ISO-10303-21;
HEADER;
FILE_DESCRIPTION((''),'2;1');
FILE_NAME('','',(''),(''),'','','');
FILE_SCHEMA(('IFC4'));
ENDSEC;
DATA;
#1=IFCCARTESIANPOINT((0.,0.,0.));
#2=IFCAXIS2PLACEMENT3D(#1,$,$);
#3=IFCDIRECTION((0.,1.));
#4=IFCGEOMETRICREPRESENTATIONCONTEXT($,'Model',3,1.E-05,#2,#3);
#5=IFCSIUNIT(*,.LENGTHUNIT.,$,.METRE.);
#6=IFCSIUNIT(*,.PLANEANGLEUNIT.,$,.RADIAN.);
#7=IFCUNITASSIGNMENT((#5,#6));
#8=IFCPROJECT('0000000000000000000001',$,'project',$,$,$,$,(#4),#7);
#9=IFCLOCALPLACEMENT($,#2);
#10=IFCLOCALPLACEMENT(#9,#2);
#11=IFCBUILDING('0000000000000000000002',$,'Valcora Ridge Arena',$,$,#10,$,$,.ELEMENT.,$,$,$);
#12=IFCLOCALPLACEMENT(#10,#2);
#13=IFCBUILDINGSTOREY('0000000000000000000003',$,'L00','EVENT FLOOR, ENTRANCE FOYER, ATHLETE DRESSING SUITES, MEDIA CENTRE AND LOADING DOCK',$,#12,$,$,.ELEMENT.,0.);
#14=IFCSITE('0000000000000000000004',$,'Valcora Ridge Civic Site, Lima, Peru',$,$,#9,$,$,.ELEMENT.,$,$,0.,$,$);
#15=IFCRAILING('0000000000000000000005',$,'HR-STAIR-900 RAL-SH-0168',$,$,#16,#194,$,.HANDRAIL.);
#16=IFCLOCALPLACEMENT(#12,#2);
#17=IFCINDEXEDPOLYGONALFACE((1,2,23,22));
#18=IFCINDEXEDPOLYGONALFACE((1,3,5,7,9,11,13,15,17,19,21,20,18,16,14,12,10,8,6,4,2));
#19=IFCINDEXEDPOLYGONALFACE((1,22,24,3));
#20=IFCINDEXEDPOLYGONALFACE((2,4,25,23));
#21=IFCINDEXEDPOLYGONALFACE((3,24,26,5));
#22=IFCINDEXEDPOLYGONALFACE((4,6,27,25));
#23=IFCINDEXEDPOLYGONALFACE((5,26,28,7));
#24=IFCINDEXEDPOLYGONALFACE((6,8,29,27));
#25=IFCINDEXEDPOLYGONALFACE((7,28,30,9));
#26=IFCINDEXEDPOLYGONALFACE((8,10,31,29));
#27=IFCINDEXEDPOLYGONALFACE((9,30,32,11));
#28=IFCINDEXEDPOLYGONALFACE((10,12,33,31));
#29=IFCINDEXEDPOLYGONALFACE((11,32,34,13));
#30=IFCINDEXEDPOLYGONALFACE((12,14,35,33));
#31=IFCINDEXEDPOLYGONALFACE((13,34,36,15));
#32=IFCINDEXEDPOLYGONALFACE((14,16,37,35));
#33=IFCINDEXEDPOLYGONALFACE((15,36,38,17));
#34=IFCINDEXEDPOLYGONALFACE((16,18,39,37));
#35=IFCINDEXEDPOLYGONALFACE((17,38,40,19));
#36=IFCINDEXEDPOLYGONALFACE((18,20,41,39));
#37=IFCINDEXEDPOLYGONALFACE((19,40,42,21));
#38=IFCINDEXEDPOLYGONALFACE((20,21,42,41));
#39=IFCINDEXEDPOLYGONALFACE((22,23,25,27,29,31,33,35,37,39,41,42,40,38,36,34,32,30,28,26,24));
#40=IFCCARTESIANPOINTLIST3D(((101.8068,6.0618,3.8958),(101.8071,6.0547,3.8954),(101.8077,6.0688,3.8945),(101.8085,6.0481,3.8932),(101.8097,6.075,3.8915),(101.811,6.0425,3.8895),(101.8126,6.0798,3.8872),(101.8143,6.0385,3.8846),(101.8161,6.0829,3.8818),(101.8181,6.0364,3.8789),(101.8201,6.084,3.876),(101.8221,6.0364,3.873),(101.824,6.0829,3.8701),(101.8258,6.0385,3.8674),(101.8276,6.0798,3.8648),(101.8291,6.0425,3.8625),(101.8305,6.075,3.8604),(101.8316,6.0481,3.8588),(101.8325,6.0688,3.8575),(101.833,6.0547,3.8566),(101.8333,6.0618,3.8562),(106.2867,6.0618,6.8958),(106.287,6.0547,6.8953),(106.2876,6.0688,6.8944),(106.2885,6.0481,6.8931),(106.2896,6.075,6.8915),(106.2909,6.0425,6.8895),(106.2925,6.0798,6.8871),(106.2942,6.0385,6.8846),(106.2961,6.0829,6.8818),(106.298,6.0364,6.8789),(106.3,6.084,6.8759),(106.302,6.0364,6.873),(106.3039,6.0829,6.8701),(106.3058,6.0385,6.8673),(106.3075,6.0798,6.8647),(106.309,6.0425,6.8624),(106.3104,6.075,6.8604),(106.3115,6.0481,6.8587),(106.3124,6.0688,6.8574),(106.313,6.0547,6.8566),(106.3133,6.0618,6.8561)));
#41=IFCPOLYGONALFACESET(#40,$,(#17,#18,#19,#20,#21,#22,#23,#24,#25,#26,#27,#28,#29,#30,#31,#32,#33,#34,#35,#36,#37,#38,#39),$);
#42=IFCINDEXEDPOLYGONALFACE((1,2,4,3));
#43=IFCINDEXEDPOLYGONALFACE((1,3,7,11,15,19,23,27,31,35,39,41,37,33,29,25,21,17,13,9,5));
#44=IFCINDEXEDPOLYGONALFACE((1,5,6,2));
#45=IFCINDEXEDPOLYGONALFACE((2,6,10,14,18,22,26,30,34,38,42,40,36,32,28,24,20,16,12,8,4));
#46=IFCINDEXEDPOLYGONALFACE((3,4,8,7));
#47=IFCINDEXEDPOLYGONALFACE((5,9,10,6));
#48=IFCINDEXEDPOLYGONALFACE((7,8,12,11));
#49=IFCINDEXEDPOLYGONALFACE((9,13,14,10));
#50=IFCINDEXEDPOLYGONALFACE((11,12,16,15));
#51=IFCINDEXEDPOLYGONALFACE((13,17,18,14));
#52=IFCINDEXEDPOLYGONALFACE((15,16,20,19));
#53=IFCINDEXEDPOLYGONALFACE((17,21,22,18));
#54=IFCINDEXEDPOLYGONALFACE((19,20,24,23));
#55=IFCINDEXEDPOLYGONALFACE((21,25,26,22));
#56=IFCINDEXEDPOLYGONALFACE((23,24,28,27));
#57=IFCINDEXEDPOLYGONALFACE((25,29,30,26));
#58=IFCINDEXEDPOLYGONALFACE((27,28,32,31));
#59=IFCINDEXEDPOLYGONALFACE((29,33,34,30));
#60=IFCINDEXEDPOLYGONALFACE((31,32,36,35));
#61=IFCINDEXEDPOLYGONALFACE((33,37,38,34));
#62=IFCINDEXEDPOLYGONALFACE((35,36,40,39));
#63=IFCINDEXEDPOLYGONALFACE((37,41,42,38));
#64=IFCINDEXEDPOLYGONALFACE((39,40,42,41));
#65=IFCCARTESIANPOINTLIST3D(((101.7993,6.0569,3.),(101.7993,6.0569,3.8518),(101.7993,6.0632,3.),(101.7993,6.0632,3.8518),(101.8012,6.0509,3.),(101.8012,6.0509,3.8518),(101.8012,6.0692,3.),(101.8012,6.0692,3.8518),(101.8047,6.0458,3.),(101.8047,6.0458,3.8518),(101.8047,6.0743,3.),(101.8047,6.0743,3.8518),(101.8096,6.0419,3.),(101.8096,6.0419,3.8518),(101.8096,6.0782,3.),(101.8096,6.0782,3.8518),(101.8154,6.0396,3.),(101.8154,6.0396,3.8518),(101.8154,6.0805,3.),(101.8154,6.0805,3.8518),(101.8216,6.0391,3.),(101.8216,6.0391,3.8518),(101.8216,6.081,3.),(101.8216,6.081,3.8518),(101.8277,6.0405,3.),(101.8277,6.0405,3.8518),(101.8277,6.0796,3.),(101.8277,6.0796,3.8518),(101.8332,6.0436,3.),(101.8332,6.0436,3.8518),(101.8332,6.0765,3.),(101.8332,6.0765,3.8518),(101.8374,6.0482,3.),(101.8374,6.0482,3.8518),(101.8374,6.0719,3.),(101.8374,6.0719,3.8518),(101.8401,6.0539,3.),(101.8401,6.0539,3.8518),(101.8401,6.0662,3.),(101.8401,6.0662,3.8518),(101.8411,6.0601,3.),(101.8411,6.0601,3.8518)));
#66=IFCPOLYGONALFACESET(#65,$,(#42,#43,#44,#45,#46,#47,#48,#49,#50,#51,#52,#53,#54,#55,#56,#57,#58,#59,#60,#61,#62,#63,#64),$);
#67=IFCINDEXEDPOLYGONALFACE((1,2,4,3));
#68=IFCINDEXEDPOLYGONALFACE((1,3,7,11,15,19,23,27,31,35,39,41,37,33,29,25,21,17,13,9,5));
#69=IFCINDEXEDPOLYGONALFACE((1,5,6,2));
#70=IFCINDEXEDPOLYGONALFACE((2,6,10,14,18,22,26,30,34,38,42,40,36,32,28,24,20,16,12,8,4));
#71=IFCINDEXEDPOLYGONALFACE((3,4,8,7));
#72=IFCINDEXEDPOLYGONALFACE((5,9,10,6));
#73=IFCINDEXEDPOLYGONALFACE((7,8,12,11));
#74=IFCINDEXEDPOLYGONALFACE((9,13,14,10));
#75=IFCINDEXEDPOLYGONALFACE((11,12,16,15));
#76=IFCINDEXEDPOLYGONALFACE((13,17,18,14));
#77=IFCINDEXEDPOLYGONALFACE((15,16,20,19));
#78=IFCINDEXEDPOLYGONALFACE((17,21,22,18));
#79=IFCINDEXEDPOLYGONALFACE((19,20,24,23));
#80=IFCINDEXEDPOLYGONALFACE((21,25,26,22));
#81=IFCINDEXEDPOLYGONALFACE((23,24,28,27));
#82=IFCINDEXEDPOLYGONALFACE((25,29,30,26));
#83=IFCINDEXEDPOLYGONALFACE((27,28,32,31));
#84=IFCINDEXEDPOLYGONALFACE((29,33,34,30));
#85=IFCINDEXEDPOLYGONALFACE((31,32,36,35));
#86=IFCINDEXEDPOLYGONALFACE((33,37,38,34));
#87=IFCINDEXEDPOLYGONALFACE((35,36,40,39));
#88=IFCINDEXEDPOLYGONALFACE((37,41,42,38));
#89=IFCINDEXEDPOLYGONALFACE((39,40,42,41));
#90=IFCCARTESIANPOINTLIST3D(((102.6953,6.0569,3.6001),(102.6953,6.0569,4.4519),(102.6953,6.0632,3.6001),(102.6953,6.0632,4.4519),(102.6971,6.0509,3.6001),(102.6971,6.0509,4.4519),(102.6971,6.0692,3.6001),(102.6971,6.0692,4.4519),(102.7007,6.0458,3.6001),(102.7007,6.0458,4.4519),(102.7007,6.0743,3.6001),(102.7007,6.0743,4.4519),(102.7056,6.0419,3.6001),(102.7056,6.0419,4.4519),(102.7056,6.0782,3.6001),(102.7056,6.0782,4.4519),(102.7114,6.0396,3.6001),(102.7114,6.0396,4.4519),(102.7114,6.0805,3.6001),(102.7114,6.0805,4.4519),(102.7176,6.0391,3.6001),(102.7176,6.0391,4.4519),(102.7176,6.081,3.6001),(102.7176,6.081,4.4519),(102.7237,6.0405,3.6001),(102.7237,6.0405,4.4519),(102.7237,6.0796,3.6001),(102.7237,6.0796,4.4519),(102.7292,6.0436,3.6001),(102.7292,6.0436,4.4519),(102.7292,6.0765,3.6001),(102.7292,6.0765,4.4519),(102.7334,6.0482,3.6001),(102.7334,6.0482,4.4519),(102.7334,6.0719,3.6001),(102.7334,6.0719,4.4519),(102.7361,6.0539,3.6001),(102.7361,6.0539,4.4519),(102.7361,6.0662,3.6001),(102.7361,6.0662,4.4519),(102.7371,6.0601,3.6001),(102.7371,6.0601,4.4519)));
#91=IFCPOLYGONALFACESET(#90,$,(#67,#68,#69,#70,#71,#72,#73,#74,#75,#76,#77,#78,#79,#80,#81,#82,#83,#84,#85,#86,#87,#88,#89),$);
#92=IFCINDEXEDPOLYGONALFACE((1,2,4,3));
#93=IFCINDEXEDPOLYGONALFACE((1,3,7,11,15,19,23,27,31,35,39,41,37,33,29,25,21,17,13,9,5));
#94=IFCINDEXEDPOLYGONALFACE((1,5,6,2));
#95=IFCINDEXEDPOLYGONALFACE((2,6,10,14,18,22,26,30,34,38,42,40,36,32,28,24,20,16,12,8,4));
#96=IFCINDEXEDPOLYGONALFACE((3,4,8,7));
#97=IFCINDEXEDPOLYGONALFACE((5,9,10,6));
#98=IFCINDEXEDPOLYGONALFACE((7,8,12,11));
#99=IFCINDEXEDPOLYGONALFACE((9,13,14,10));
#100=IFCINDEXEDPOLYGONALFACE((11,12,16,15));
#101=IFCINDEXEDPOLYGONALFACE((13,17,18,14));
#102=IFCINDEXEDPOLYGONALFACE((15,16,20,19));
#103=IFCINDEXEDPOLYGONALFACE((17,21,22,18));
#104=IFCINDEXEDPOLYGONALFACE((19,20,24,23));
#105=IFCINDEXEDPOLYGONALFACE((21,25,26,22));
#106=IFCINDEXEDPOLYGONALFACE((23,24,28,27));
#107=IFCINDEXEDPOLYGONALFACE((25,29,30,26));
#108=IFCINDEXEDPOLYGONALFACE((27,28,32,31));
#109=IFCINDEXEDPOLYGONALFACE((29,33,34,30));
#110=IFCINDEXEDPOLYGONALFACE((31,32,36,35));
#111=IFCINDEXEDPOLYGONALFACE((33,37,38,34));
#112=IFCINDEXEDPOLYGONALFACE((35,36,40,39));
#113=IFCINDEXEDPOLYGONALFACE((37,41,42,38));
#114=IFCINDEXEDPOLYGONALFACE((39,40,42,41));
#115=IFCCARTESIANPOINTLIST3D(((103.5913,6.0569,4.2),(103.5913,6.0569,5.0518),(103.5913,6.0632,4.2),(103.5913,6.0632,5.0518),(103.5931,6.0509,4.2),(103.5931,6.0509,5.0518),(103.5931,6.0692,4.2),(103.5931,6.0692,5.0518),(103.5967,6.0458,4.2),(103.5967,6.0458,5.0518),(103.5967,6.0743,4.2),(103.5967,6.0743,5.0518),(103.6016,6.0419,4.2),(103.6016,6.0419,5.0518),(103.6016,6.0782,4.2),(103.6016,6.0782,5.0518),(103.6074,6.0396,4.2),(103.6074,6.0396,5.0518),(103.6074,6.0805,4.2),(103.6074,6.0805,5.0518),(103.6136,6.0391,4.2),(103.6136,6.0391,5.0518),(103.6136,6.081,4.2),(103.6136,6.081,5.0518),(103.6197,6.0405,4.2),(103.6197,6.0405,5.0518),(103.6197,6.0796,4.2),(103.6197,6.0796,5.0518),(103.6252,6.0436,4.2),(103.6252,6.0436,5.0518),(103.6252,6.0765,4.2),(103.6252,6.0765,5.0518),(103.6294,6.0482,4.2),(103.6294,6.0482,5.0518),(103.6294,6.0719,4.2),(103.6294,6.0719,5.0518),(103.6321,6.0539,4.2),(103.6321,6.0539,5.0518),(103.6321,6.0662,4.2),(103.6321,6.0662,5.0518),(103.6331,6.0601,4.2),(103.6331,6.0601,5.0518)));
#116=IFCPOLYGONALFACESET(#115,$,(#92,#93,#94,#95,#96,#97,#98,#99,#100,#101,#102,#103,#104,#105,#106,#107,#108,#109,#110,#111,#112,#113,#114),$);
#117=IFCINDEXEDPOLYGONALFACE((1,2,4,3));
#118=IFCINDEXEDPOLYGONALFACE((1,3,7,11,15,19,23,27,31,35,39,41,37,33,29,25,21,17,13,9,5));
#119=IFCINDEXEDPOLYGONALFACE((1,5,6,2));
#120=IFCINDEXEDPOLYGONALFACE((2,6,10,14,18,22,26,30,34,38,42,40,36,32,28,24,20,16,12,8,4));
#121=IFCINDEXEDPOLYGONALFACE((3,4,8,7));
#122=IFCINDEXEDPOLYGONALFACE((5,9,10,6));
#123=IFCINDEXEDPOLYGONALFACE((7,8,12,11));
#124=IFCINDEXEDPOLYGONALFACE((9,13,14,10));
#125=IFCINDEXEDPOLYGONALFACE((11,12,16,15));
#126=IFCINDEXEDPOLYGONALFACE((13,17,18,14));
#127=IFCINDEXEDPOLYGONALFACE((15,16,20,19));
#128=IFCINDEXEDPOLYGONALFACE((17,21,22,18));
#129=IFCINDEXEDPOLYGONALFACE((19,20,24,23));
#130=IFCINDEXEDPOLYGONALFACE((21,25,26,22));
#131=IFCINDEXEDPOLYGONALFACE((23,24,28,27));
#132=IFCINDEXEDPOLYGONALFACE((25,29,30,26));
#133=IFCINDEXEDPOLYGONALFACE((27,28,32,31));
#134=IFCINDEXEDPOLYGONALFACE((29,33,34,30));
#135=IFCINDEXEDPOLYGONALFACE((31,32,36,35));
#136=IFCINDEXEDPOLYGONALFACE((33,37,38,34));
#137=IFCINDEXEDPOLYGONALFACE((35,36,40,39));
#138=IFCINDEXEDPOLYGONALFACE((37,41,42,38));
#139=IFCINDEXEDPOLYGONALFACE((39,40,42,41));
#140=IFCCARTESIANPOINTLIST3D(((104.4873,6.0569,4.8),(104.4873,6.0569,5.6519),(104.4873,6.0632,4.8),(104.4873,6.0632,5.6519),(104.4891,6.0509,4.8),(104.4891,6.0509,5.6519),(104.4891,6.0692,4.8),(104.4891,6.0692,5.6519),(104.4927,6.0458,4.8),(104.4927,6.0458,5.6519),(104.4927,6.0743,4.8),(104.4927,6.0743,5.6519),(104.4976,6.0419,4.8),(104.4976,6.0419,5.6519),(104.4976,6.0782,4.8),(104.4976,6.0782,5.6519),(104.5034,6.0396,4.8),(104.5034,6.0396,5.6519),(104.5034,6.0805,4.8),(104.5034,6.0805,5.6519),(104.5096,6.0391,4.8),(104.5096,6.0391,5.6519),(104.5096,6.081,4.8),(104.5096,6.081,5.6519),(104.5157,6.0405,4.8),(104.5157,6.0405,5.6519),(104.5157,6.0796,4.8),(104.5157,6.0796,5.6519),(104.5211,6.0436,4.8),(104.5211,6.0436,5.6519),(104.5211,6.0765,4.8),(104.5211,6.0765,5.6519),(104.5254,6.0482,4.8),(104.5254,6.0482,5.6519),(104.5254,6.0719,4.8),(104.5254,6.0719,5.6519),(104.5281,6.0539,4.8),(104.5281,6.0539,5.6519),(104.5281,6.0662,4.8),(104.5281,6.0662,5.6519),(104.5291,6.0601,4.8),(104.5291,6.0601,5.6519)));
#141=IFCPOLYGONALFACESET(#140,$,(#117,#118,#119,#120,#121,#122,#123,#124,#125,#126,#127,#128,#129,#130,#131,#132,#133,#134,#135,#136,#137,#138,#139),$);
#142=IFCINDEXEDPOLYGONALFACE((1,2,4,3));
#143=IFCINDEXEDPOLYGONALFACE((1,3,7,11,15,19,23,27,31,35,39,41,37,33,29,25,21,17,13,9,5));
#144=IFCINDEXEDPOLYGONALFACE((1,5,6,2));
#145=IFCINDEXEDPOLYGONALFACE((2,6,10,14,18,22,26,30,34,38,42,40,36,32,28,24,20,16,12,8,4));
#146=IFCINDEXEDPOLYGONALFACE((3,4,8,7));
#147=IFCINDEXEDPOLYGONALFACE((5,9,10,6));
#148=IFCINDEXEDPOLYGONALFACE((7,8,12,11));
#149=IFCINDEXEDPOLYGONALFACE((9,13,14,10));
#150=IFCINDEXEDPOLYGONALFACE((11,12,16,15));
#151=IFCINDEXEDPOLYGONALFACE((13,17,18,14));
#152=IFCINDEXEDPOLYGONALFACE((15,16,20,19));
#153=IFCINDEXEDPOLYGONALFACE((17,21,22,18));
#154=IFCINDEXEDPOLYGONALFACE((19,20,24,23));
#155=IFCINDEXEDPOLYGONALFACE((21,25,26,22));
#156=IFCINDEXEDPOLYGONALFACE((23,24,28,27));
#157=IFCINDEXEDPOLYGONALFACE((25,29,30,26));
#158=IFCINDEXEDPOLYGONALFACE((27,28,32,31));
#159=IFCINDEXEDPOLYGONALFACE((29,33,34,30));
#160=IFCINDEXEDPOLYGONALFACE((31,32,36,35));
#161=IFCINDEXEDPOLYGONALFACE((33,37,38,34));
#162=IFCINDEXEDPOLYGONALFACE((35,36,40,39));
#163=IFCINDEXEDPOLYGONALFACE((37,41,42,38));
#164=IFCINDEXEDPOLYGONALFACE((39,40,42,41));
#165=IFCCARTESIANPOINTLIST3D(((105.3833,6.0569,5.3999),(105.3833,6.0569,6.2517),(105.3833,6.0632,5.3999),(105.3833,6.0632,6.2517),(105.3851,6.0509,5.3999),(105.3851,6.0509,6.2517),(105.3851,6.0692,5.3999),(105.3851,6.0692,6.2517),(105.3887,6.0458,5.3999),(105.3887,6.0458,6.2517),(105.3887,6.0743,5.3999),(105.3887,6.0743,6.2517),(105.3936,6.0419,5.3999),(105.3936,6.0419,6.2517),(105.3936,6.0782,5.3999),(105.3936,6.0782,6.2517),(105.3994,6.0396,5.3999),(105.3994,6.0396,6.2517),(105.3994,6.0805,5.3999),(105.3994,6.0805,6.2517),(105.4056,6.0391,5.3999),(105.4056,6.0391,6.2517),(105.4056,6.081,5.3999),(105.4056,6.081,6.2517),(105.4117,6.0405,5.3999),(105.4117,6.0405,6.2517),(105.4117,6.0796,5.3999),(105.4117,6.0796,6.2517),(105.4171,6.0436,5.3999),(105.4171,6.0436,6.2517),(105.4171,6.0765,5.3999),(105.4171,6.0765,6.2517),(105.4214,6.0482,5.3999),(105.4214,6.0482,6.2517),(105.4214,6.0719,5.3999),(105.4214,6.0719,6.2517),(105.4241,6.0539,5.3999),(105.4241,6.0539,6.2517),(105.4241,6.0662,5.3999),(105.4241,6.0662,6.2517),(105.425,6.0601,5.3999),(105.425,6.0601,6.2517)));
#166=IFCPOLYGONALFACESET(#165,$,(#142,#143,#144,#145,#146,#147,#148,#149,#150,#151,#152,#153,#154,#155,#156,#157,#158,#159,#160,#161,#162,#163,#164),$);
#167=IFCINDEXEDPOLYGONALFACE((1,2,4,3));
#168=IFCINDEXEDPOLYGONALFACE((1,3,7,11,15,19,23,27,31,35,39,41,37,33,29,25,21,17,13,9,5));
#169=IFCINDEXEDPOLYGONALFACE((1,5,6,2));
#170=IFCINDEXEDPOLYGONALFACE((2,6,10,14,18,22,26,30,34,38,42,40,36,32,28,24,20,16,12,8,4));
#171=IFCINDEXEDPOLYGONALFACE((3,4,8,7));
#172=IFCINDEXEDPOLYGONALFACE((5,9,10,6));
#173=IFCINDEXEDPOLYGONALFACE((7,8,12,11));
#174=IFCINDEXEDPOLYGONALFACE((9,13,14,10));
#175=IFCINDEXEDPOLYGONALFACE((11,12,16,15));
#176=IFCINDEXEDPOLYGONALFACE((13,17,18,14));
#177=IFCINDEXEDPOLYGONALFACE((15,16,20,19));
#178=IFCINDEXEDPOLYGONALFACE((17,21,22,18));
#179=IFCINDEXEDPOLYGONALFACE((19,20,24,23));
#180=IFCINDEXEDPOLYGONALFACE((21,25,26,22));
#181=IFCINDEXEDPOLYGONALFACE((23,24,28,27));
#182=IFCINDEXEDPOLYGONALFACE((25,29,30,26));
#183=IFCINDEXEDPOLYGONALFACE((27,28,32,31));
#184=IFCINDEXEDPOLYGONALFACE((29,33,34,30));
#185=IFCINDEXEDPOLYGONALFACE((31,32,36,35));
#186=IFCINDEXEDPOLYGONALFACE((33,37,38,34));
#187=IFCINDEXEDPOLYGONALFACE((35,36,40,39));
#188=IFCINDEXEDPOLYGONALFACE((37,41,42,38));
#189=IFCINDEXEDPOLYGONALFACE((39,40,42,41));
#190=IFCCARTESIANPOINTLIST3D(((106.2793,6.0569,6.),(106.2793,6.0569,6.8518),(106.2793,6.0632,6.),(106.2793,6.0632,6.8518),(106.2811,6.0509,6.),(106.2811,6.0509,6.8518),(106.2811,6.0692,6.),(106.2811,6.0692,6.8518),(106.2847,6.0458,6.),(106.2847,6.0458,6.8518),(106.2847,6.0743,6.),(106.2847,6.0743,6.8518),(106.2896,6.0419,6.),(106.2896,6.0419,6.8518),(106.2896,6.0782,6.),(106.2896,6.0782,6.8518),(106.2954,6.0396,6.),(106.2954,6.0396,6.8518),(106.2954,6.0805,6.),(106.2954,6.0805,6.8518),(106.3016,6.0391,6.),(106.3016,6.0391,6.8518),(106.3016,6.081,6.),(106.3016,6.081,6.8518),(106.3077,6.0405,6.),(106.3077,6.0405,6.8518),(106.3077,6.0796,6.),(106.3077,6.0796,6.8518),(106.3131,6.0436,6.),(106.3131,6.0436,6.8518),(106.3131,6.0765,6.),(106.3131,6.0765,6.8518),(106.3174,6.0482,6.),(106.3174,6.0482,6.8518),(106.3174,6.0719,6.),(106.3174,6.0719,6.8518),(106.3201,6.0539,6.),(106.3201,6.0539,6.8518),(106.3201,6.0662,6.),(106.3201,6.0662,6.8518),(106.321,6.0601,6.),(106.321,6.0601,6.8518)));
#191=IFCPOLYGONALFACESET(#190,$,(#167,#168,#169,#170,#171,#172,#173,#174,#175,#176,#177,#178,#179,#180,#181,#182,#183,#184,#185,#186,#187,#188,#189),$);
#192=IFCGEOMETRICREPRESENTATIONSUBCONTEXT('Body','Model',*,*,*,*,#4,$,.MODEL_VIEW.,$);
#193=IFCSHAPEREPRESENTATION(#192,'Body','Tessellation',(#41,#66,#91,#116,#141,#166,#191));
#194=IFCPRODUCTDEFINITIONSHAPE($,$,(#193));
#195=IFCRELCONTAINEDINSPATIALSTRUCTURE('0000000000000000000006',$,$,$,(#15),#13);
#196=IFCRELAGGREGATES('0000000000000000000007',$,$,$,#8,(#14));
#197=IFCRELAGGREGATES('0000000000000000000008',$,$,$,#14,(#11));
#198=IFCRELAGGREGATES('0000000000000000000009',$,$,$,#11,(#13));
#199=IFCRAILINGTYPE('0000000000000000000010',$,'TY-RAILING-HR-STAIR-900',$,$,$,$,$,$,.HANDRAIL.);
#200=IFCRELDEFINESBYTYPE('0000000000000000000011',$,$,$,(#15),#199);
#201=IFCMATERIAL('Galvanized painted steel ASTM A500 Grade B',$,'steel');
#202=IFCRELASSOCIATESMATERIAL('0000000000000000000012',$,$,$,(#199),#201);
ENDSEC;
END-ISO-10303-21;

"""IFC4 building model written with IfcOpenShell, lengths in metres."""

from ifc_helpers import new_model, si_unit, direction, frame, origin, origin_2d, place, context, subcontext, project, spatial, circle, extrude, material, type_object, element, save


model = new_model("IFC4")

# Units and contexts
model_context = context("Model", 3, precision=1e-05, world=origin(), true_north=direction((0.0, 1.0)))
body_context = subcontext(model_context, "Body", "Model", "MODEL_VIEW")
ifc_project = project(units=[si_unit("LENGTHUNIT", "METRE"), si_unit("PLANEANGLEUNIT", "RADIAN")], contexts=[model_context])

# Site, building, storey
site_placement = place(None, origin())
site = spatial("IfcSite", under=ifc_project, at=site_placement, Name="Valcora Ridge Civic Site, Lima, Peru", CompositionType="ELEMENT", RefElevation=0.0)
building_placement = place(site_placement, origin())
building = spatial("IfcBuilding", under=site, at=building_placement, Name="Valcora Ridge Arena", CompositionType="ELEMENT")
storey_placement = place(building_placement, origin())
storey = spatial("IfcBuildingStorey", under=building, at=storey_placement, Name="L00", Description="EVENT FLOOR, ENTRANCE FOYER, ATHLETE DRESSING SUITES, MEDIA CENTRE AND LOADING DOCK", CompositionType="ELEMENT", Elevation=0.0)

# Railing
ifc_material_1 = material(Name="Galvanized painted steel ASTM A500 Grade B", Category="steel")
railing_type = type_object("IfcRailingType", Name="TY-RAILING-HR-STAIR-900", PredefinedType="HANDRAIL", material=ifc_material_1)
railing_placement = place(storey_placement, frame((101.8201, 6.0601, 3.0)))
element("IfcRailing", 1, at=railing_placement, inside=storey, type_object=railing_type, Name="HR-STAIR-900 RAL-SH-0168", PredefinedType="HANDRAIL", context=body_context, shape_type="SweptSolid", body=[
    extrude(circle(Radius=0.0239, at=origin_2d()), frame((0.0, 0.0, 0.876), z_axis=(0.830906, 0.0, 0.556413), x_axis=(0.0, 1.0, 0.0)), (0.0, 0.0, 1.0), 5.3916),
    extrude(circle(Radius=0.021, at=origin_2d()), origin(), (0.0, 0.0, 1.0), 0.8518),
    extrude(circle(Radius=0.021, at=origin_2d()), frame((0.896, 0.0, 0.6001)), (0.0, 0.0, 1.0), 0.8518),
    extrude(circle(Radius=0.021, at=origin_2d()), frame((1.792, 0.0, 1.2)), (0.0, 0.0, 1.0), 0.8518),
    extrude(circle(Radius=0.021, at=origin_2d()), frame((2.688, 0.0, 1.8)), (0.0, 0.0, 1.0), 0.8518),
    extrude(circle(Radius=0.021, at=origin_2d()), frame((3.584, 0.0, 2.3999)), (0.0, 0.0, 1.0), 0.8518),
    extrude(circle(Radius=0.021, at=origin_2d()), frame((4.48, 0.0, 3.0)), (0.0, 0.0, 1.0), 0.8518),
])

save(model, "model.ifc")
